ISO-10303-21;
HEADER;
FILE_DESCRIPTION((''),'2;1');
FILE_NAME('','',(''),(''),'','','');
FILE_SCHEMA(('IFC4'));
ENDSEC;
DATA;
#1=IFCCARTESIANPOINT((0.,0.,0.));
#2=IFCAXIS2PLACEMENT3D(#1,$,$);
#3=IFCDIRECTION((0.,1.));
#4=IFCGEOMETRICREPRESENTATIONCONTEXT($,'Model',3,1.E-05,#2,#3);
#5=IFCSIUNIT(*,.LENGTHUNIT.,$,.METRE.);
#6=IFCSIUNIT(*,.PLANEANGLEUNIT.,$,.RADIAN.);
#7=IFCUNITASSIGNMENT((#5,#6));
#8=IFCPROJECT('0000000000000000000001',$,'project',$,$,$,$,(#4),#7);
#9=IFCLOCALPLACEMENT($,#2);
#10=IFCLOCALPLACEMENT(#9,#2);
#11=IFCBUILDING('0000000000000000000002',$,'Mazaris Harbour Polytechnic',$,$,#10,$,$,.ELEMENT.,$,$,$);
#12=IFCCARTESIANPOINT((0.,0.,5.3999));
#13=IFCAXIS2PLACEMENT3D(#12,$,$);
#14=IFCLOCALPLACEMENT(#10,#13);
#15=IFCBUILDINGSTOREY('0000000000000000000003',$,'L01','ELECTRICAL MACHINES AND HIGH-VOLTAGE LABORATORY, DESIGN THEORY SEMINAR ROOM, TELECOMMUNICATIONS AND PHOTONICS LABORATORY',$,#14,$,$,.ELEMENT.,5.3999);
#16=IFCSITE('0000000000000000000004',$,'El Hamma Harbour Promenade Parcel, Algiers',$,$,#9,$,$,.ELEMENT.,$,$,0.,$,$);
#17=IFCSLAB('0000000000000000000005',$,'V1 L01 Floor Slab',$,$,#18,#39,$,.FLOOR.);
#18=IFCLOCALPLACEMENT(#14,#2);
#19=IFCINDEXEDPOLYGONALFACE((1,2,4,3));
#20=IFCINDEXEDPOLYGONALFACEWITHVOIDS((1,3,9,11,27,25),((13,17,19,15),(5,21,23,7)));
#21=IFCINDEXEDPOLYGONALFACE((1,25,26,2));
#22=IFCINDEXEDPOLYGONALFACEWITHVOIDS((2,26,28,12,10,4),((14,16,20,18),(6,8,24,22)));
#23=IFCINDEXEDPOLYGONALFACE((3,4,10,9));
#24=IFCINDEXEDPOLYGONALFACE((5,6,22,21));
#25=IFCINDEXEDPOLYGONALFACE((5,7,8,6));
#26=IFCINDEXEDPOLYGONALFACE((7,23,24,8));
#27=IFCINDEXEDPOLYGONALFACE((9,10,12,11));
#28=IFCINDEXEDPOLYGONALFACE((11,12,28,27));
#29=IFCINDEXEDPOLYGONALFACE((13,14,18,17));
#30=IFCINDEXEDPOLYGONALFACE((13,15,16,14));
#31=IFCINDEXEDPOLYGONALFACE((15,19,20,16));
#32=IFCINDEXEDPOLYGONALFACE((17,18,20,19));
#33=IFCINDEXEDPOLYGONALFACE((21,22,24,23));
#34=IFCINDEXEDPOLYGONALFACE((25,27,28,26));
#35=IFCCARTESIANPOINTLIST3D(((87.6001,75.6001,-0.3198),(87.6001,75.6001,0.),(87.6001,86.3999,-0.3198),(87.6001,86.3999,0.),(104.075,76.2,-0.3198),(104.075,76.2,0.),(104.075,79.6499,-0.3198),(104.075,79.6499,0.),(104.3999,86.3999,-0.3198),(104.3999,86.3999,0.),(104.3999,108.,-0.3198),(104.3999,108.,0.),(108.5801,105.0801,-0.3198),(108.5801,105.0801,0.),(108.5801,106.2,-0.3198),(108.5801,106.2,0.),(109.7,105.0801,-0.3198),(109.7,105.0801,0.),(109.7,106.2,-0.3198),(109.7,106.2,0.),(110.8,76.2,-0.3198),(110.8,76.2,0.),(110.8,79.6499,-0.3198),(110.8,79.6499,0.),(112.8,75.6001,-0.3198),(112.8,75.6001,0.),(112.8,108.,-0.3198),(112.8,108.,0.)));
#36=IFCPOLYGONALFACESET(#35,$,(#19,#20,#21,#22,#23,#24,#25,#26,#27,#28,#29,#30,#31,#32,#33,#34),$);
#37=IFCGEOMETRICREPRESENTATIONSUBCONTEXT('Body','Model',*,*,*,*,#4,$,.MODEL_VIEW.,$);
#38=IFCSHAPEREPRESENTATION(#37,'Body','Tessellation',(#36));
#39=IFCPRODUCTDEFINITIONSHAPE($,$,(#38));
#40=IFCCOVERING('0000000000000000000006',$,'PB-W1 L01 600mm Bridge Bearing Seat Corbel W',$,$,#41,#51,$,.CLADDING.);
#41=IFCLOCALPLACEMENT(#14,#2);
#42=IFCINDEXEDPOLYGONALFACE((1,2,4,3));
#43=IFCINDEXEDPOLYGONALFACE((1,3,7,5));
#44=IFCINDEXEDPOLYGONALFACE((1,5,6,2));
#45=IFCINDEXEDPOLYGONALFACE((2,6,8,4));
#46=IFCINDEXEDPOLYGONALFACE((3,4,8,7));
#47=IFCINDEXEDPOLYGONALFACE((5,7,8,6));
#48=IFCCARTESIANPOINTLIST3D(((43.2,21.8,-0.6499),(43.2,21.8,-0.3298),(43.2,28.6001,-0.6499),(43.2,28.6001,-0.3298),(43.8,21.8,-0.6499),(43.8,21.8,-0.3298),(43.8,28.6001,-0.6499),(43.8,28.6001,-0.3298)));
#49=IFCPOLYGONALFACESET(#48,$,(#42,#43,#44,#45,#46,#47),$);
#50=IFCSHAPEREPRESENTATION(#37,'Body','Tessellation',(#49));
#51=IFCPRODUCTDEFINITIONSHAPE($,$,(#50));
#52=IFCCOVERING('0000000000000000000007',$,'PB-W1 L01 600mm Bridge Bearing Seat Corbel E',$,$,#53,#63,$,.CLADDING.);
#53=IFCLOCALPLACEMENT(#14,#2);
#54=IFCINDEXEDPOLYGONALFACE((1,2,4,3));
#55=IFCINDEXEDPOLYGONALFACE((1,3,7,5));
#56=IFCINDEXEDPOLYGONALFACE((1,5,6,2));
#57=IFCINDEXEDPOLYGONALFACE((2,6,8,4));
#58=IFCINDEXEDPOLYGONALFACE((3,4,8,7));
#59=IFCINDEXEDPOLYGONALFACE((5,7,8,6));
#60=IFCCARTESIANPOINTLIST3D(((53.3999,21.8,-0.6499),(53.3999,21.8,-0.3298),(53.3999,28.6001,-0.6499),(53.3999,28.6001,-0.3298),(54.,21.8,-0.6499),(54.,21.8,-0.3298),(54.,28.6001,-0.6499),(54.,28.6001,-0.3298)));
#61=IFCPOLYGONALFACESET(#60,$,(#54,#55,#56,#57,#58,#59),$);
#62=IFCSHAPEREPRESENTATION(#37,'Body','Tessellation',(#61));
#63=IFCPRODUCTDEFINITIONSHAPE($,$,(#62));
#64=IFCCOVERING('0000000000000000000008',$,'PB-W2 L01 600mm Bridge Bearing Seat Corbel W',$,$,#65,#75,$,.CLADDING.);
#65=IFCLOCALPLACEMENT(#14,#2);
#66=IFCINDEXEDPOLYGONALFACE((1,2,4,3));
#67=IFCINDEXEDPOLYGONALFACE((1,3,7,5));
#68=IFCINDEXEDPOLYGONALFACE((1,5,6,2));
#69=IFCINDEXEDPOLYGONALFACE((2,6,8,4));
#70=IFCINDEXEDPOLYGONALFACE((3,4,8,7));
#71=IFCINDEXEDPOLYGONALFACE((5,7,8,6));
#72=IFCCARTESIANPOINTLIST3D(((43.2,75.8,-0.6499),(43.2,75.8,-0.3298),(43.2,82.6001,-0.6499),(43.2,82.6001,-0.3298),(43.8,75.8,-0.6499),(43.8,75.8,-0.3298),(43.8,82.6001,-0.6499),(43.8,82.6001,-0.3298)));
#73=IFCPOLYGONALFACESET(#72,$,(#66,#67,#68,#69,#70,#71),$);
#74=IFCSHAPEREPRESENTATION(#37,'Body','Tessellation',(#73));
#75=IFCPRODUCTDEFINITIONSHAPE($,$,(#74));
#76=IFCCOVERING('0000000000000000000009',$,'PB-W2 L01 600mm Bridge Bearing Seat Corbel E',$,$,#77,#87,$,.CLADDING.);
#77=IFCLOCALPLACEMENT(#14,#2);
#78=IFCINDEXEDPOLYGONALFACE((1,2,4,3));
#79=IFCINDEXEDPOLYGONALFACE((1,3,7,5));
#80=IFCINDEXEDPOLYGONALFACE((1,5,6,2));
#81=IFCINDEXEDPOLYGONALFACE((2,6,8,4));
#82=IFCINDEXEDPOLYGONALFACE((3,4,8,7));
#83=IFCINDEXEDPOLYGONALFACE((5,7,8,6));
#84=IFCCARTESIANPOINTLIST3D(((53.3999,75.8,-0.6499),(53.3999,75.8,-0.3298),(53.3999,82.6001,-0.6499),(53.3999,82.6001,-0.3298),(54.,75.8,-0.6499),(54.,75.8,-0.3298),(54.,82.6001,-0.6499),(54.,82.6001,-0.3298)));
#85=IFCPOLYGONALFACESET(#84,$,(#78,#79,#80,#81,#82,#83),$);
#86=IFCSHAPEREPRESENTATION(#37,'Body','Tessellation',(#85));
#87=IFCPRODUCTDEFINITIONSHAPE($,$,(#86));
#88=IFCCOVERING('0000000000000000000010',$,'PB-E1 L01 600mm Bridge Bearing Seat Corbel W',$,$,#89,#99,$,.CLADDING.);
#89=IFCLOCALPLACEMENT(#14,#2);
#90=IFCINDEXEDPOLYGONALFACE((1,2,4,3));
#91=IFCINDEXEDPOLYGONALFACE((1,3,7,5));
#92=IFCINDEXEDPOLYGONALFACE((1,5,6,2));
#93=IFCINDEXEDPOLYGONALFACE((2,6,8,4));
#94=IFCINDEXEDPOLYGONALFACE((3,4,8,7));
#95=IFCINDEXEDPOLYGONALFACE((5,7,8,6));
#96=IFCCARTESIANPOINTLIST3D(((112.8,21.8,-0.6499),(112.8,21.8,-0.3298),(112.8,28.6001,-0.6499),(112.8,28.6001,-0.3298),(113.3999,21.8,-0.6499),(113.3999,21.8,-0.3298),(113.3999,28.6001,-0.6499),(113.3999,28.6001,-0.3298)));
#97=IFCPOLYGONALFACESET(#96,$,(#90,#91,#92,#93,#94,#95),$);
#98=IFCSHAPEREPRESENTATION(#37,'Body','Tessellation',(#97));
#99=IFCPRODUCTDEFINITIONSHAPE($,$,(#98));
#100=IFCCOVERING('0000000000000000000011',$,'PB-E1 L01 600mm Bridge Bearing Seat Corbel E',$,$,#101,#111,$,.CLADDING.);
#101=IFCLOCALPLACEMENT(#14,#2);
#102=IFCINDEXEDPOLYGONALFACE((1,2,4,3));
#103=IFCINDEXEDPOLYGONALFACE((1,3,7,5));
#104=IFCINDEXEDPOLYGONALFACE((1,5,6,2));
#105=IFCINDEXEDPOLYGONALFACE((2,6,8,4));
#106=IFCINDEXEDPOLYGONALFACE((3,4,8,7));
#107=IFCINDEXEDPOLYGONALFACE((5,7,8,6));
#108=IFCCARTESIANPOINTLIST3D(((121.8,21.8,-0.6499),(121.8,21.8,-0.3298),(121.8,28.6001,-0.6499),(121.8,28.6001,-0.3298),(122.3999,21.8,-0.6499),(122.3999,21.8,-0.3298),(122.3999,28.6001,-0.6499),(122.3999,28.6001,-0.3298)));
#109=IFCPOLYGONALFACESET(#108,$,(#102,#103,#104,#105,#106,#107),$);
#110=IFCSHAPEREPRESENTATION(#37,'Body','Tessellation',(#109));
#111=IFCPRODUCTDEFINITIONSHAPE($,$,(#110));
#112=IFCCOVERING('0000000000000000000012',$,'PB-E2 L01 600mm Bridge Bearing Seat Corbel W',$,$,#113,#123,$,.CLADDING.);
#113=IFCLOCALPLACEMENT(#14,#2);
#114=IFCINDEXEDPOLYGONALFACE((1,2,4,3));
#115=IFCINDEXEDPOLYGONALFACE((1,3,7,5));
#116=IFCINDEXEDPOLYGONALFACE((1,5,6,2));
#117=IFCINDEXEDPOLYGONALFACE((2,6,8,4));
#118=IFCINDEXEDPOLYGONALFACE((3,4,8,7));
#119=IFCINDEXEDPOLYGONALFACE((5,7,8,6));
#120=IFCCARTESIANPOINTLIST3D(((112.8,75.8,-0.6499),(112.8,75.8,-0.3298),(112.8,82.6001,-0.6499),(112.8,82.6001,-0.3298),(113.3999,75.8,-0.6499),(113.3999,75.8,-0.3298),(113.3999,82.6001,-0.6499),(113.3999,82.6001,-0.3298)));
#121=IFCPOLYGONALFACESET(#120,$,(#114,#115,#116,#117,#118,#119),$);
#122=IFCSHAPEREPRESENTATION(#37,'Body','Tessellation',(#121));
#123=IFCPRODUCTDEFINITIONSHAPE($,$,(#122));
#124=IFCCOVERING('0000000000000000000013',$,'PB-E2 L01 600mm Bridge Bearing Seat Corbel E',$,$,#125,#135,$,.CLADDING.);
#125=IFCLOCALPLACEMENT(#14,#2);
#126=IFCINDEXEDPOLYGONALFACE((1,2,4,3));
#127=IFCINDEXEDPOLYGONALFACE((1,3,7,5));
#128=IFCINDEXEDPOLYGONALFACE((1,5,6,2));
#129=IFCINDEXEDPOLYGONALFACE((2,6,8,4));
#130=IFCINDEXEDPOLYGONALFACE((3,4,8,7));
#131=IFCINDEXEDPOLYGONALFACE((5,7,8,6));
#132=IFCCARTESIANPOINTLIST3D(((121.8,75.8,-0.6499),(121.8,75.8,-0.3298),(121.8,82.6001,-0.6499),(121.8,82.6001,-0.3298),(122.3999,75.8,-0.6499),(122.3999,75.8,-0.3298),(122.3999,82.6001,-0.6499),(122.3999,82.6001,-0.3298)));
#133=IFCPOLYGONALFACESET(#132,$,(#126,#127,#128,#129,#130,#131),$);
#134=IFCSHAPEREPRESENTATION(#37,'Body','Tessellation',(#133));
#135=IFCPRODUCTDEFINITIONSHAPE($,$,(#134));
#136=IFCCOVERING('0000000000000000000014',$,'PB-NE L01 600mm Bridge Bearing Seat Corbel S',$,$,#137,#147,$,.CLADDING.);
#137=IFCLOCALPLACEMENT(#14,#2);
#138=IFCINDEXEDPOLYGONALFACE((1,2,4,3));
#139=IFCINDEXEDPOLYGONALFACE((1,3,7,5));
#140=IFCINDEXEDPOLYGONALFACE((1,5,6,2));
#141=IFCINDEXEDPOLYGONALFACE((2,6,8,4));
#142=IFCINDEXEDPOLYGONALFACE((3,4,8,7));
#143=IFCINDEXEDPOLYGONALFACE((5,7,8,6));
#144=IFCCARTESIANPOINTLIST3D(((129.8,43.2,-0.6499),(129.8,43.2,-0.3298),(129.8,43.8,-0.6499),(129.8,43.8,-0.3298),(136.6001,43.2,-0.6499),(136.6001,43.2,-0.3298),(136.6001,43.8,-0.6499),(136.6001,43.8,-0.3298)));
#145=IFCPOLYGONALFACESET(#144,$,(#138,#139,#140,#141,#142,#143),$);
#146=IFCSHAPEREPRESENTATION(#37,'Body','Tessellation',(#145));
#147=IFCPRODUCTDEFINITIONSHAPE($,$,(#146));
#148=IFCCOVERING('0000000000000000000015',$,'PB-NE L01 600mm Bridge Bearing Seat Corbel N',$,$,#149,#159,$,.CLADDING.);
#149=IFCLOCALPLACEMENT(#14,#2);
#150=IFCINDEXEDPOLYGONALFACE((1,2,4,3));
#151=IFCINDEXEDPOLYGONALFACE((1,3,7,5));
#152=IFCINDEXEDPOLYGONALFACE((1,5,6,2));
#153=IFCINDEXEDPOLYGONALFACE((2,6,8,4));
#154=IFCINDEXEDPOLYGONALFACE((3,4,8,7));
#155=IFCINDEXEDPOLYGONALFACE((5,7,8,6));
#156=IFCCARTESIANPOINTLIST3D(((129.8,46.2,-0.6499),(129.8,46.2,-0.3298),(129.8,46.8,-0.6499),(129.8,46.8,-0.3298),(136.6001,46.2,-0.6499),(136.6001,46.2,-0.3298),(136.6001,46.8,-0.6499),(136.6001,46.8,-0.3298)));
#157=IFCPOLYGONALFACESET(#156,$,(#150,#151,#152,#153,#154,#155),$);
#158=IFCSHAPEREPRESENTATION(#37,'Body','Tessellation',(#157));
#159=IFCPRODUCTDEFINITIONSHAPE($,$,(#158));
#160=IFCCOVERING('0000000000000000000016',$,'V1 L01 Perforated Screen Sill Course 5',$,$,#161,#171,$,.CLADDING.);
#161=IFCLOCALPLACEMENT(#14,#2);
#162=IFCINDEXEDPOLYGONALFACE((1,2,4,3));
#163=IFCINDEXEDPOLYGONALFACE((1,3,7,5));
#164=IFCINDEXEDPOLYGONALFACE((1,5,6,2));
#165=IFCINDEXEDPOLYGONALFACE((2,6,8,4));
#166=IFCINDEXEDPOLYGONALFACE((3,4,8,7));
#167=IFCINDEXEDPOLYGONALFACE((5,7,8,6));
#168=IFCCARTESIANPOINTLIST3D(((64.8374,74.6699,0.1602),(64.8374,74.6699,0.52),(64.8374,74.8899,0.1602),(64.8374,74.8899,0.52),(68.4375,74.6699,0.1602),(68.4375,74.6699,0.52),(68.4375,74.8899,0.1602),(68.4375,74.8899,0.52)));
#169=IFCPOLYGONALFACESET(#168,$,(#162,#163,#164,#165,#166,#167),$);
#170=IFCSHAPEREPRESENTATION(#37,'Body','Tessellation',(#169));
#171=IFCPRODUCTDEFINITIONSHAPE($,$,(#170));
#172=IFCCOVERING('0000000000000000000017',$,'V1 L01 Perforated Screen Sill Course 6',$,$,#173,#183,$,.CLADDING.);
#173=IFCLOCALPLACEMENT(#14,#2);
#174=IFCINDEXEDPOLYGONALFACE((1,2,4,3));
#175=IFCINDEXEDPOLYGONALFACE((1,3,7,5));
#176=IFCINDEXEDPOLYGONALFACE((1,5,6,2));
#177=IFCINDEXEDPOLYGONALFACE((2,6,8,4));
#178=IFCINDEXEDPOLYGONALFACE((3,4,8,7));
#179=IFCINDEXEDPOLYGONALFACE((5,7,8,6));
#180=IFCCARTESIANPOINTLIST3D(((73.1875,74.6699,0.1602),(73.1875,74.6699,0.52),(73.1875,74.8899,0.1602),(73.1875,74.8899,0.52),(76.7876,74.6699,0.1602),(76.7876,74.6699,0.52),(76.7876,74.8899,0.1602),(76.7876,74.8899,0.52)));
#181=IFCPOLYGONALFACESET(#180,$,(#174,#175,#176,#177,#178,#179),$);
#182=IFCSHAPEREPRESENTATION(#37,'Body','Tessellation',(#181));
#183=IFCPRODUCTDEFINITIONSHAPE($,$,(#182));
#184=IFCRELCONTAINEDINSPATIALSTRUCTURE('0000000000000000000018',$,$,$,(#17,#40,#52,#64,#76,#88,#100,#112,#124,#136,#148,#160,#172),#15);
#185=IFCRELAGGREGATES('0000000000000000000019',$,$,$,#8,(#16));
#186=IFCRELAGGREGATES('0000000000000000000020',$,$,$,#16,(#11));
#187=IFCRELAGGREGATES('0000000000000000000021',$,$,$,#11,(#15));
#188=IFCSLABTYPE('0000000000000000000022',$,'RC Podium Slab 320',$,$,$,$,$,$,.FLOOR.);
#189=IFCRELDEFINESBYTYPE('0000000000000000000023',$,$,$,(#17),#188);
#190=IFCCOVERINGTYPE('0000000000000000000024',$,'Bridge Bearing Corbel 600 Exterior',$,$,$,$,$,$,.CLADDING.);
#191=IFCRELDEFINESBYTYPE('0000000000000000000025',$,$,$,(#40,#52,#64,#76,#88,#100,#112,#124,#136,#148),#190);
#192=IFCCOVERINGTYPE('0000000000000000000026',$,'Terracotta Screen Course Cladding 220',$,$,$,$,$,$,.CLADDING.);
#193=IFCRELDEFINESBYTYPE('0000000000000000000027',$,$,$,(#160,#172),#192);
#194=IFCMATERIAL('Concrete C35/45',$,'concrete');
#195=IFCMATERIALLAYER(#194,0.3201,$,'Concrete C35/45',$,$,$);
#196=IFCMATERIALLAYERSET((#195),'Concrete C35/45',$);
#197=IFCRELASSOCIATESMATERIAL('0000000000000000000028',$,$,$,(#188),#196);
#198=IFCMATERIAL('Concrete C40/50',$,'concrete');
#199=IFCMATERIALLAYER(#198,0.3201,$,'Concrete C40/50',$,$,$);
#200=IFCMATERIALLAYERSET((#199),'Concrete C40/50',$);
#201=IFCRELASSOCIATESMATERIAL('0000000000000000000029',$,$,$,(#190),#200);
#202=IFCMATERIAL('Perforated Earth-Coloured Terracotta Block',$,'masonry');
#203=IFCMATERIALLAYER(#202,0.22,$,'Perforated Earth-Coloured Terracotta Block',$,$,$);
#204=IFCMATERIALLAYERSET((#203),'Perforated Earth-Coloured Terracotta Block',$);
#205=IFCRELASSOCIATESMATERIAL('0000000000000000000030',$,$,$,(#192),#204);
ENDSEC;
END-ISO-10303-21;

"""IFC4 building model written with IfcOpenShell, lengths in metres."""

from ifc_helpers import new_model, si_unit, direction, frame, origin, place, context, subcontext, project, spatial, polyline, outline, extrude, material, layer, layer_set, type_object, element, save


model = new_model("IFC4")

# Units and contexts
model_context = context("Model", 3, precision=1e-05, world=origin(), true_north=direction((0.0, 1.0)))
body_context = subcontext(model_context, "Body", "Model", "MODEL_VIEW")
ifc_project = project(units=[si_unit("LENGTHUNIT", "METRE"), si_unit("PLANEANGLEUNIT", "RADIAN")], contexts=[model_context])

# Site, building, storey
site_placement = place(None, origin())
site = spatial("IfcSite", under=ifc_project, at=site_placement, Name="El Hamma Harbour Promenade Parcel, Algiers", CompositionType="ELEMENT", RefElevation=0.0)
building_placement = place(site_placement, origin())
building = spatial("IfcBuilding", under=site, at=building_placement, Name="Mazaris Harbour Polytechnic", CompositionType="ELEMENT")
storey_placement = place(building_placement, frame((0.0, 0.0, 5.3999)))
storey = spatial("IfcBuildingStorey", under=building, at=storey_placement, Name="L01", Description="ELECTRICAL MACHINES AND HIGH-VOLTAGE LABORATORY, DESIGN THEORY SEMINAR ROOM, TELECOMMUNICATIONS AND PHOTONICS LABORATORY", CompositionType="ELEMENT", Elevation=5.3999)

# Slab
ifc_material_1 = material(Name="Concrete C35/45", Category="concrete")
ifc_layer_1 = layer(ifc_material_1, 0.3201, Name="Concrete C35/45")
ifc_layer_set_1 = layer_set([ifc_layer_1], Name="Concrete C35/45")
slab_type_1 = type_object("IfcSlabType", Name="RC Podium Slab 320", PredefinedType="FLOOR", material=ifc_layer_set_1)
slab_1_placement = place(storey_placement, frame((0.0, 0.0, -0.3198)))
element("IfcSlab", 1, at=slab_1_placement, inside=storey, type_object=slab_type_1, Name="V1 L01 Floor Slab", PredefinedType="FLOOR", context=body_context, shape_type="SweptSolid", body=[
    extrude(outline(polyline([(104.3999, 86.3999), (104.3999, 108.0), (112.8, 108.0), (112.8, 75.6001), (87.6001, 75.6001), (87.6001, 86.3999), (104.3999, 86.3999)]), holes=[polyline([(110.8, 79.6499), (104.075, 79.6499), (104.075, 76.2), (110.8, 76.2), (110.8, 79.6499)]), polyline([(108.5801, 106.2), (108.5801, 105.0801), (109.7, 105.0801), (109.7, 106.2), (108.5801, 106.2)])]), origin(), (0.0, 0.0, 1.0), 0.3198),
])

# Coverings
ifc_material_2 = material(Name="Concrete C40/50", Category="concrete")
ifc_layer_2 = layer(ifc_material_2, 0.3201, Name="Concrete C40/50")
ifc_layer_set_2 = layer_set([ifc_layer_2], Name="Concrete C40/50")
covering_type_1 = type_object("IfcCoveringType", Name="Bridge Bearing Corbel 600 Exterior", PredefinedType="CLADDING", material=ifc_layer_set_2)
covering_1_placement = place(storey_placement, frame((0.0, 0.0, -0.6499)))
element("IfcCovering", 2, at=covering_1_placement, inside=storey, type_object=covering_type_1, Name="PB-W1 L01 600mm Bridge Bearing Seat Corbel W", PredefinedType="CLADDING", context=body_context, shape_type="SweptSolid", body=[
    extrude(outline(polyline([(43.2, 21.8), (43.8, 21.8), (43.8, 28.6001), (43.2, 28.6001), (43.2, 21.8)])), origin(), (0.0, 0.0, 1.0), 0.3201),
])
covering_2_placement = place(storey_placement, frame((0.0, 0.0, -0.6499)))
element("IfcCovering", 3, at=covering_2_placement, inside=storey, type_object=covering_type_1, Name="PB-W1 L01 600mm Bridge Bearing Seat Corbel E", PredefinedType="CLADDING", context=body_context, shape_type="SweptSolid", body=[
    extrude(outline(polyline([(53.3999, 21.8), (54.0, 21.8), (54.0, 28.6001), (53.3999, 28.6001), (53.3999, 21.8)])), origin(), (0.0, 0.0, 1.0), 0.3201),
])
covering_3_placement = place(storey_placement, frame((0.0, 0.0, -0.6499)))
element("IfcCovering", 4, at=covering_3_placement, inside=storey, type_object=covering_type_1, Name="PB-W2 L01 600mm Bridge Bearing Seat Corbel W", PredefinedType="CLADDING", context=body_context, shape_type="SweptSolid", body=[
    extrude(outline(polyline([(43.2, 75.8), (43.8, 75.8), (43.8, 82.6001), (43.2, 82.6001), (43.2, 75.8)])), origin(), (0.0, 0.0, 1.0), 0.3201),
])
covering_4_placement = place(storey_placement, frame((0.0, 0.0, -0.6499)))
element("IfcCovering", 5, at=covering_4_placement, inside=storey, type_object=covering_type_1, Name="PB-W2 L01 600mm Bridge Bearing Seat Corbel E", PredefinedType="CLADDING", context=body_context, shape_type="SweptSolid", body=[
    extrude(outline(polyline([(53.3999, 75.8), (54.0, 75.8), (54.0, 82.6001), (53.3999, 82.6001), (53.3999, 75.8)])), origin(), (0.0, 0.0, 1.0), 0.3201),
])
covering_5_placement = place(storey_placement, frame((0.0, 0.0, -0.6499)))
element("IfcCovering", 6, at=covering_5_placement, inside=storey, type_object=covering_type_1, Name="PB-E1 L01 600mm Bridge Bearing Seat Corbel W", PredefinedType="CLADDING", context=body_context, shape_type="SweptSolid", body=[
    extrude(outline(polyline([(112.8, 21.8), (113.3999, 21.8), (113.3999, 28.6001), (112.8, 28.6001), (112.8, 21.8)])), origin(), (0.0, 0.0, 1.0), 0.3201),
])
covering_6_placement = place(storey_placement, frame((0.0, 0.0, -0.6499)))
element("IfcCovering", 7, at=covering_6_placement, inside=storey, type_object=covering_type_1, Name="PB-E1 L01 600mm Bridge Bearing Seat Corbel E", PredefinedType="CLADDING", context=body_context, shape_type="SweptSolid", body=[
    extrude(outline(polyline([(121.8, 21.8), (122.3999, 21.8), (122.3999, 28.6001), (121.8, 28.6001), (121.8, 21.8)])), origin(), (0.0, 0.0, 1.0), 0.3201),
])
covering_7_placement = place(storey_placement, frame((0.0, 0.0, -0.6499)))
element("IfcCovering", 8, at=covering_7_placement, inside=storey, type_object=covering_type_1, Name="PB-E2 L01 600mm Bridge Bearing Seat Corbel W", PredefinedType="CLADDING", context=body_context, shape_type="SweptSolid", body=[
    extrude(outline(polyline([(112.8, 75.8), (113.3999, 75.8), (113.3999, 82.6001), (112.8, 82.6001), (112.8, 75.8)])), origin(), (0.0, 0.0, 1.0), 0.3201),
])
covering_8_placement = place(storey_placement, frame((0.0, 0.0, -0.6499)))
element("IfcCovering", 9, at=covering_8_placement, inside=storey, type_object=covering_type_1, Name="PB-E2 L01 600mm Bridge Bearing Seat Corbel E", PredefinedType="CLADDING", context=body_context, shape_type="SweptSolid", body=[
    extrude(outline(polyline([(121.8, 75.8), (122.3999, 75.8), (122.3999, 82.6001), (121.8, 82.6001), (121.8, 75.8)])), origin(), (0.0, 0.0, 1.0), 0.3201),
])
covering_9_placement = place(storey_placement, frame((0.0, 0.0, -0.6499)))
element("IfcCovering", 10, at=covering_9_placement, inside=storey, type_object=covering_type_1, Name="PB-NE L01 600mm Bridge Bearing Seat Corbel S", PredefinedType="CLADDING", context=body_context, shape_type="SweptSolid", body=[
    extrude(outline(polyline([(129.8, 43.2), (136.6001, 43.2), (136.6001, 43.8), (129.8, 43.8), (129.8, 43.2)])), origin(), (0.0, 0.0, 1.0), 0.3201),
])
covering_10_placement = place(storey_placement, frame((0.0, 0.0, -0.6499)))
element("IfcCovering", 11, at=covering_10_placement, inside=storey, type_object=covering_type_1, Name="PB-NE L01 600mm Bridge Bearing Seat Corbel N", PredefinedType="CLADDING", context=body_context, shape_type="SweptSolid", body=[
    extrude(outline(polyline([(129.8, 46.2), (136.6001, 46.2), (136.6001, 46.8), (129.8, 46.8), (129.8, 46.2)])), origin(), (0.0, 0.0, 1.0), 0.3201),
])
ifc_material_3 = material(Name="Perforated Earth-Coloured Terracotta Block", Category="masonry")
ifc_layer_3 = layer(ifc_material_3, 0.22, Name="Perforated Earth-Coloured Terracotta Block")
ifc_layer_set_3 = layer_set([ifc_layer_3], Name="Perforated Earth-Coloured Terracotta Block")
covering_type_2 = type_object("IfcCoveringType", Name="Terracotta Screen Course Cladding 220", PredefinedType="CLADDING", material=ifc_layer_set_3)
covering_11_placement = place(storey_placement, frame((0.0, 0.0, 0.1602)))
element("IfcCovering", 12, at=covering_11_placement, inside=storey, type_object=covering_type_2, Name="V1 L01 Perforated Screen Sill Course 5", PredefinedType="CLADDING", context=body_context, shape_type="SweptSolid", body=[
    extrude(outline(polyline([(68.4375, 74.8899), (64.8374, 74.8899), (64.8374, 74.6699), (68.4375, 74.6699), (68.4375, 74.8899)])), origin(), (0.0, 0.0, 1.0), 0.3599),
])
covering_12_placement = place(storey_placement, frame((0.0, 0.0, 0.1602)))
element("IfcCovering", 13, at=covering_12_placement, inside=storey, type_object=covering_type_2, Name="V1 L01 Perforated Screen Sill Course 6", PredefinedType="CLADDING", context=body_context, shape_type="SweptSolid", body=[
    extrude(outline(polyline([(76.7876, 74.8899), (73.1875, 74.8899), (73.1875, 74.6699), (76.7876, 74.6699), (76.7876, 74.8899)])), origin(), (0.0, 0.0, 1.0), 0.3599),
])

save(model, "model.ifc")
